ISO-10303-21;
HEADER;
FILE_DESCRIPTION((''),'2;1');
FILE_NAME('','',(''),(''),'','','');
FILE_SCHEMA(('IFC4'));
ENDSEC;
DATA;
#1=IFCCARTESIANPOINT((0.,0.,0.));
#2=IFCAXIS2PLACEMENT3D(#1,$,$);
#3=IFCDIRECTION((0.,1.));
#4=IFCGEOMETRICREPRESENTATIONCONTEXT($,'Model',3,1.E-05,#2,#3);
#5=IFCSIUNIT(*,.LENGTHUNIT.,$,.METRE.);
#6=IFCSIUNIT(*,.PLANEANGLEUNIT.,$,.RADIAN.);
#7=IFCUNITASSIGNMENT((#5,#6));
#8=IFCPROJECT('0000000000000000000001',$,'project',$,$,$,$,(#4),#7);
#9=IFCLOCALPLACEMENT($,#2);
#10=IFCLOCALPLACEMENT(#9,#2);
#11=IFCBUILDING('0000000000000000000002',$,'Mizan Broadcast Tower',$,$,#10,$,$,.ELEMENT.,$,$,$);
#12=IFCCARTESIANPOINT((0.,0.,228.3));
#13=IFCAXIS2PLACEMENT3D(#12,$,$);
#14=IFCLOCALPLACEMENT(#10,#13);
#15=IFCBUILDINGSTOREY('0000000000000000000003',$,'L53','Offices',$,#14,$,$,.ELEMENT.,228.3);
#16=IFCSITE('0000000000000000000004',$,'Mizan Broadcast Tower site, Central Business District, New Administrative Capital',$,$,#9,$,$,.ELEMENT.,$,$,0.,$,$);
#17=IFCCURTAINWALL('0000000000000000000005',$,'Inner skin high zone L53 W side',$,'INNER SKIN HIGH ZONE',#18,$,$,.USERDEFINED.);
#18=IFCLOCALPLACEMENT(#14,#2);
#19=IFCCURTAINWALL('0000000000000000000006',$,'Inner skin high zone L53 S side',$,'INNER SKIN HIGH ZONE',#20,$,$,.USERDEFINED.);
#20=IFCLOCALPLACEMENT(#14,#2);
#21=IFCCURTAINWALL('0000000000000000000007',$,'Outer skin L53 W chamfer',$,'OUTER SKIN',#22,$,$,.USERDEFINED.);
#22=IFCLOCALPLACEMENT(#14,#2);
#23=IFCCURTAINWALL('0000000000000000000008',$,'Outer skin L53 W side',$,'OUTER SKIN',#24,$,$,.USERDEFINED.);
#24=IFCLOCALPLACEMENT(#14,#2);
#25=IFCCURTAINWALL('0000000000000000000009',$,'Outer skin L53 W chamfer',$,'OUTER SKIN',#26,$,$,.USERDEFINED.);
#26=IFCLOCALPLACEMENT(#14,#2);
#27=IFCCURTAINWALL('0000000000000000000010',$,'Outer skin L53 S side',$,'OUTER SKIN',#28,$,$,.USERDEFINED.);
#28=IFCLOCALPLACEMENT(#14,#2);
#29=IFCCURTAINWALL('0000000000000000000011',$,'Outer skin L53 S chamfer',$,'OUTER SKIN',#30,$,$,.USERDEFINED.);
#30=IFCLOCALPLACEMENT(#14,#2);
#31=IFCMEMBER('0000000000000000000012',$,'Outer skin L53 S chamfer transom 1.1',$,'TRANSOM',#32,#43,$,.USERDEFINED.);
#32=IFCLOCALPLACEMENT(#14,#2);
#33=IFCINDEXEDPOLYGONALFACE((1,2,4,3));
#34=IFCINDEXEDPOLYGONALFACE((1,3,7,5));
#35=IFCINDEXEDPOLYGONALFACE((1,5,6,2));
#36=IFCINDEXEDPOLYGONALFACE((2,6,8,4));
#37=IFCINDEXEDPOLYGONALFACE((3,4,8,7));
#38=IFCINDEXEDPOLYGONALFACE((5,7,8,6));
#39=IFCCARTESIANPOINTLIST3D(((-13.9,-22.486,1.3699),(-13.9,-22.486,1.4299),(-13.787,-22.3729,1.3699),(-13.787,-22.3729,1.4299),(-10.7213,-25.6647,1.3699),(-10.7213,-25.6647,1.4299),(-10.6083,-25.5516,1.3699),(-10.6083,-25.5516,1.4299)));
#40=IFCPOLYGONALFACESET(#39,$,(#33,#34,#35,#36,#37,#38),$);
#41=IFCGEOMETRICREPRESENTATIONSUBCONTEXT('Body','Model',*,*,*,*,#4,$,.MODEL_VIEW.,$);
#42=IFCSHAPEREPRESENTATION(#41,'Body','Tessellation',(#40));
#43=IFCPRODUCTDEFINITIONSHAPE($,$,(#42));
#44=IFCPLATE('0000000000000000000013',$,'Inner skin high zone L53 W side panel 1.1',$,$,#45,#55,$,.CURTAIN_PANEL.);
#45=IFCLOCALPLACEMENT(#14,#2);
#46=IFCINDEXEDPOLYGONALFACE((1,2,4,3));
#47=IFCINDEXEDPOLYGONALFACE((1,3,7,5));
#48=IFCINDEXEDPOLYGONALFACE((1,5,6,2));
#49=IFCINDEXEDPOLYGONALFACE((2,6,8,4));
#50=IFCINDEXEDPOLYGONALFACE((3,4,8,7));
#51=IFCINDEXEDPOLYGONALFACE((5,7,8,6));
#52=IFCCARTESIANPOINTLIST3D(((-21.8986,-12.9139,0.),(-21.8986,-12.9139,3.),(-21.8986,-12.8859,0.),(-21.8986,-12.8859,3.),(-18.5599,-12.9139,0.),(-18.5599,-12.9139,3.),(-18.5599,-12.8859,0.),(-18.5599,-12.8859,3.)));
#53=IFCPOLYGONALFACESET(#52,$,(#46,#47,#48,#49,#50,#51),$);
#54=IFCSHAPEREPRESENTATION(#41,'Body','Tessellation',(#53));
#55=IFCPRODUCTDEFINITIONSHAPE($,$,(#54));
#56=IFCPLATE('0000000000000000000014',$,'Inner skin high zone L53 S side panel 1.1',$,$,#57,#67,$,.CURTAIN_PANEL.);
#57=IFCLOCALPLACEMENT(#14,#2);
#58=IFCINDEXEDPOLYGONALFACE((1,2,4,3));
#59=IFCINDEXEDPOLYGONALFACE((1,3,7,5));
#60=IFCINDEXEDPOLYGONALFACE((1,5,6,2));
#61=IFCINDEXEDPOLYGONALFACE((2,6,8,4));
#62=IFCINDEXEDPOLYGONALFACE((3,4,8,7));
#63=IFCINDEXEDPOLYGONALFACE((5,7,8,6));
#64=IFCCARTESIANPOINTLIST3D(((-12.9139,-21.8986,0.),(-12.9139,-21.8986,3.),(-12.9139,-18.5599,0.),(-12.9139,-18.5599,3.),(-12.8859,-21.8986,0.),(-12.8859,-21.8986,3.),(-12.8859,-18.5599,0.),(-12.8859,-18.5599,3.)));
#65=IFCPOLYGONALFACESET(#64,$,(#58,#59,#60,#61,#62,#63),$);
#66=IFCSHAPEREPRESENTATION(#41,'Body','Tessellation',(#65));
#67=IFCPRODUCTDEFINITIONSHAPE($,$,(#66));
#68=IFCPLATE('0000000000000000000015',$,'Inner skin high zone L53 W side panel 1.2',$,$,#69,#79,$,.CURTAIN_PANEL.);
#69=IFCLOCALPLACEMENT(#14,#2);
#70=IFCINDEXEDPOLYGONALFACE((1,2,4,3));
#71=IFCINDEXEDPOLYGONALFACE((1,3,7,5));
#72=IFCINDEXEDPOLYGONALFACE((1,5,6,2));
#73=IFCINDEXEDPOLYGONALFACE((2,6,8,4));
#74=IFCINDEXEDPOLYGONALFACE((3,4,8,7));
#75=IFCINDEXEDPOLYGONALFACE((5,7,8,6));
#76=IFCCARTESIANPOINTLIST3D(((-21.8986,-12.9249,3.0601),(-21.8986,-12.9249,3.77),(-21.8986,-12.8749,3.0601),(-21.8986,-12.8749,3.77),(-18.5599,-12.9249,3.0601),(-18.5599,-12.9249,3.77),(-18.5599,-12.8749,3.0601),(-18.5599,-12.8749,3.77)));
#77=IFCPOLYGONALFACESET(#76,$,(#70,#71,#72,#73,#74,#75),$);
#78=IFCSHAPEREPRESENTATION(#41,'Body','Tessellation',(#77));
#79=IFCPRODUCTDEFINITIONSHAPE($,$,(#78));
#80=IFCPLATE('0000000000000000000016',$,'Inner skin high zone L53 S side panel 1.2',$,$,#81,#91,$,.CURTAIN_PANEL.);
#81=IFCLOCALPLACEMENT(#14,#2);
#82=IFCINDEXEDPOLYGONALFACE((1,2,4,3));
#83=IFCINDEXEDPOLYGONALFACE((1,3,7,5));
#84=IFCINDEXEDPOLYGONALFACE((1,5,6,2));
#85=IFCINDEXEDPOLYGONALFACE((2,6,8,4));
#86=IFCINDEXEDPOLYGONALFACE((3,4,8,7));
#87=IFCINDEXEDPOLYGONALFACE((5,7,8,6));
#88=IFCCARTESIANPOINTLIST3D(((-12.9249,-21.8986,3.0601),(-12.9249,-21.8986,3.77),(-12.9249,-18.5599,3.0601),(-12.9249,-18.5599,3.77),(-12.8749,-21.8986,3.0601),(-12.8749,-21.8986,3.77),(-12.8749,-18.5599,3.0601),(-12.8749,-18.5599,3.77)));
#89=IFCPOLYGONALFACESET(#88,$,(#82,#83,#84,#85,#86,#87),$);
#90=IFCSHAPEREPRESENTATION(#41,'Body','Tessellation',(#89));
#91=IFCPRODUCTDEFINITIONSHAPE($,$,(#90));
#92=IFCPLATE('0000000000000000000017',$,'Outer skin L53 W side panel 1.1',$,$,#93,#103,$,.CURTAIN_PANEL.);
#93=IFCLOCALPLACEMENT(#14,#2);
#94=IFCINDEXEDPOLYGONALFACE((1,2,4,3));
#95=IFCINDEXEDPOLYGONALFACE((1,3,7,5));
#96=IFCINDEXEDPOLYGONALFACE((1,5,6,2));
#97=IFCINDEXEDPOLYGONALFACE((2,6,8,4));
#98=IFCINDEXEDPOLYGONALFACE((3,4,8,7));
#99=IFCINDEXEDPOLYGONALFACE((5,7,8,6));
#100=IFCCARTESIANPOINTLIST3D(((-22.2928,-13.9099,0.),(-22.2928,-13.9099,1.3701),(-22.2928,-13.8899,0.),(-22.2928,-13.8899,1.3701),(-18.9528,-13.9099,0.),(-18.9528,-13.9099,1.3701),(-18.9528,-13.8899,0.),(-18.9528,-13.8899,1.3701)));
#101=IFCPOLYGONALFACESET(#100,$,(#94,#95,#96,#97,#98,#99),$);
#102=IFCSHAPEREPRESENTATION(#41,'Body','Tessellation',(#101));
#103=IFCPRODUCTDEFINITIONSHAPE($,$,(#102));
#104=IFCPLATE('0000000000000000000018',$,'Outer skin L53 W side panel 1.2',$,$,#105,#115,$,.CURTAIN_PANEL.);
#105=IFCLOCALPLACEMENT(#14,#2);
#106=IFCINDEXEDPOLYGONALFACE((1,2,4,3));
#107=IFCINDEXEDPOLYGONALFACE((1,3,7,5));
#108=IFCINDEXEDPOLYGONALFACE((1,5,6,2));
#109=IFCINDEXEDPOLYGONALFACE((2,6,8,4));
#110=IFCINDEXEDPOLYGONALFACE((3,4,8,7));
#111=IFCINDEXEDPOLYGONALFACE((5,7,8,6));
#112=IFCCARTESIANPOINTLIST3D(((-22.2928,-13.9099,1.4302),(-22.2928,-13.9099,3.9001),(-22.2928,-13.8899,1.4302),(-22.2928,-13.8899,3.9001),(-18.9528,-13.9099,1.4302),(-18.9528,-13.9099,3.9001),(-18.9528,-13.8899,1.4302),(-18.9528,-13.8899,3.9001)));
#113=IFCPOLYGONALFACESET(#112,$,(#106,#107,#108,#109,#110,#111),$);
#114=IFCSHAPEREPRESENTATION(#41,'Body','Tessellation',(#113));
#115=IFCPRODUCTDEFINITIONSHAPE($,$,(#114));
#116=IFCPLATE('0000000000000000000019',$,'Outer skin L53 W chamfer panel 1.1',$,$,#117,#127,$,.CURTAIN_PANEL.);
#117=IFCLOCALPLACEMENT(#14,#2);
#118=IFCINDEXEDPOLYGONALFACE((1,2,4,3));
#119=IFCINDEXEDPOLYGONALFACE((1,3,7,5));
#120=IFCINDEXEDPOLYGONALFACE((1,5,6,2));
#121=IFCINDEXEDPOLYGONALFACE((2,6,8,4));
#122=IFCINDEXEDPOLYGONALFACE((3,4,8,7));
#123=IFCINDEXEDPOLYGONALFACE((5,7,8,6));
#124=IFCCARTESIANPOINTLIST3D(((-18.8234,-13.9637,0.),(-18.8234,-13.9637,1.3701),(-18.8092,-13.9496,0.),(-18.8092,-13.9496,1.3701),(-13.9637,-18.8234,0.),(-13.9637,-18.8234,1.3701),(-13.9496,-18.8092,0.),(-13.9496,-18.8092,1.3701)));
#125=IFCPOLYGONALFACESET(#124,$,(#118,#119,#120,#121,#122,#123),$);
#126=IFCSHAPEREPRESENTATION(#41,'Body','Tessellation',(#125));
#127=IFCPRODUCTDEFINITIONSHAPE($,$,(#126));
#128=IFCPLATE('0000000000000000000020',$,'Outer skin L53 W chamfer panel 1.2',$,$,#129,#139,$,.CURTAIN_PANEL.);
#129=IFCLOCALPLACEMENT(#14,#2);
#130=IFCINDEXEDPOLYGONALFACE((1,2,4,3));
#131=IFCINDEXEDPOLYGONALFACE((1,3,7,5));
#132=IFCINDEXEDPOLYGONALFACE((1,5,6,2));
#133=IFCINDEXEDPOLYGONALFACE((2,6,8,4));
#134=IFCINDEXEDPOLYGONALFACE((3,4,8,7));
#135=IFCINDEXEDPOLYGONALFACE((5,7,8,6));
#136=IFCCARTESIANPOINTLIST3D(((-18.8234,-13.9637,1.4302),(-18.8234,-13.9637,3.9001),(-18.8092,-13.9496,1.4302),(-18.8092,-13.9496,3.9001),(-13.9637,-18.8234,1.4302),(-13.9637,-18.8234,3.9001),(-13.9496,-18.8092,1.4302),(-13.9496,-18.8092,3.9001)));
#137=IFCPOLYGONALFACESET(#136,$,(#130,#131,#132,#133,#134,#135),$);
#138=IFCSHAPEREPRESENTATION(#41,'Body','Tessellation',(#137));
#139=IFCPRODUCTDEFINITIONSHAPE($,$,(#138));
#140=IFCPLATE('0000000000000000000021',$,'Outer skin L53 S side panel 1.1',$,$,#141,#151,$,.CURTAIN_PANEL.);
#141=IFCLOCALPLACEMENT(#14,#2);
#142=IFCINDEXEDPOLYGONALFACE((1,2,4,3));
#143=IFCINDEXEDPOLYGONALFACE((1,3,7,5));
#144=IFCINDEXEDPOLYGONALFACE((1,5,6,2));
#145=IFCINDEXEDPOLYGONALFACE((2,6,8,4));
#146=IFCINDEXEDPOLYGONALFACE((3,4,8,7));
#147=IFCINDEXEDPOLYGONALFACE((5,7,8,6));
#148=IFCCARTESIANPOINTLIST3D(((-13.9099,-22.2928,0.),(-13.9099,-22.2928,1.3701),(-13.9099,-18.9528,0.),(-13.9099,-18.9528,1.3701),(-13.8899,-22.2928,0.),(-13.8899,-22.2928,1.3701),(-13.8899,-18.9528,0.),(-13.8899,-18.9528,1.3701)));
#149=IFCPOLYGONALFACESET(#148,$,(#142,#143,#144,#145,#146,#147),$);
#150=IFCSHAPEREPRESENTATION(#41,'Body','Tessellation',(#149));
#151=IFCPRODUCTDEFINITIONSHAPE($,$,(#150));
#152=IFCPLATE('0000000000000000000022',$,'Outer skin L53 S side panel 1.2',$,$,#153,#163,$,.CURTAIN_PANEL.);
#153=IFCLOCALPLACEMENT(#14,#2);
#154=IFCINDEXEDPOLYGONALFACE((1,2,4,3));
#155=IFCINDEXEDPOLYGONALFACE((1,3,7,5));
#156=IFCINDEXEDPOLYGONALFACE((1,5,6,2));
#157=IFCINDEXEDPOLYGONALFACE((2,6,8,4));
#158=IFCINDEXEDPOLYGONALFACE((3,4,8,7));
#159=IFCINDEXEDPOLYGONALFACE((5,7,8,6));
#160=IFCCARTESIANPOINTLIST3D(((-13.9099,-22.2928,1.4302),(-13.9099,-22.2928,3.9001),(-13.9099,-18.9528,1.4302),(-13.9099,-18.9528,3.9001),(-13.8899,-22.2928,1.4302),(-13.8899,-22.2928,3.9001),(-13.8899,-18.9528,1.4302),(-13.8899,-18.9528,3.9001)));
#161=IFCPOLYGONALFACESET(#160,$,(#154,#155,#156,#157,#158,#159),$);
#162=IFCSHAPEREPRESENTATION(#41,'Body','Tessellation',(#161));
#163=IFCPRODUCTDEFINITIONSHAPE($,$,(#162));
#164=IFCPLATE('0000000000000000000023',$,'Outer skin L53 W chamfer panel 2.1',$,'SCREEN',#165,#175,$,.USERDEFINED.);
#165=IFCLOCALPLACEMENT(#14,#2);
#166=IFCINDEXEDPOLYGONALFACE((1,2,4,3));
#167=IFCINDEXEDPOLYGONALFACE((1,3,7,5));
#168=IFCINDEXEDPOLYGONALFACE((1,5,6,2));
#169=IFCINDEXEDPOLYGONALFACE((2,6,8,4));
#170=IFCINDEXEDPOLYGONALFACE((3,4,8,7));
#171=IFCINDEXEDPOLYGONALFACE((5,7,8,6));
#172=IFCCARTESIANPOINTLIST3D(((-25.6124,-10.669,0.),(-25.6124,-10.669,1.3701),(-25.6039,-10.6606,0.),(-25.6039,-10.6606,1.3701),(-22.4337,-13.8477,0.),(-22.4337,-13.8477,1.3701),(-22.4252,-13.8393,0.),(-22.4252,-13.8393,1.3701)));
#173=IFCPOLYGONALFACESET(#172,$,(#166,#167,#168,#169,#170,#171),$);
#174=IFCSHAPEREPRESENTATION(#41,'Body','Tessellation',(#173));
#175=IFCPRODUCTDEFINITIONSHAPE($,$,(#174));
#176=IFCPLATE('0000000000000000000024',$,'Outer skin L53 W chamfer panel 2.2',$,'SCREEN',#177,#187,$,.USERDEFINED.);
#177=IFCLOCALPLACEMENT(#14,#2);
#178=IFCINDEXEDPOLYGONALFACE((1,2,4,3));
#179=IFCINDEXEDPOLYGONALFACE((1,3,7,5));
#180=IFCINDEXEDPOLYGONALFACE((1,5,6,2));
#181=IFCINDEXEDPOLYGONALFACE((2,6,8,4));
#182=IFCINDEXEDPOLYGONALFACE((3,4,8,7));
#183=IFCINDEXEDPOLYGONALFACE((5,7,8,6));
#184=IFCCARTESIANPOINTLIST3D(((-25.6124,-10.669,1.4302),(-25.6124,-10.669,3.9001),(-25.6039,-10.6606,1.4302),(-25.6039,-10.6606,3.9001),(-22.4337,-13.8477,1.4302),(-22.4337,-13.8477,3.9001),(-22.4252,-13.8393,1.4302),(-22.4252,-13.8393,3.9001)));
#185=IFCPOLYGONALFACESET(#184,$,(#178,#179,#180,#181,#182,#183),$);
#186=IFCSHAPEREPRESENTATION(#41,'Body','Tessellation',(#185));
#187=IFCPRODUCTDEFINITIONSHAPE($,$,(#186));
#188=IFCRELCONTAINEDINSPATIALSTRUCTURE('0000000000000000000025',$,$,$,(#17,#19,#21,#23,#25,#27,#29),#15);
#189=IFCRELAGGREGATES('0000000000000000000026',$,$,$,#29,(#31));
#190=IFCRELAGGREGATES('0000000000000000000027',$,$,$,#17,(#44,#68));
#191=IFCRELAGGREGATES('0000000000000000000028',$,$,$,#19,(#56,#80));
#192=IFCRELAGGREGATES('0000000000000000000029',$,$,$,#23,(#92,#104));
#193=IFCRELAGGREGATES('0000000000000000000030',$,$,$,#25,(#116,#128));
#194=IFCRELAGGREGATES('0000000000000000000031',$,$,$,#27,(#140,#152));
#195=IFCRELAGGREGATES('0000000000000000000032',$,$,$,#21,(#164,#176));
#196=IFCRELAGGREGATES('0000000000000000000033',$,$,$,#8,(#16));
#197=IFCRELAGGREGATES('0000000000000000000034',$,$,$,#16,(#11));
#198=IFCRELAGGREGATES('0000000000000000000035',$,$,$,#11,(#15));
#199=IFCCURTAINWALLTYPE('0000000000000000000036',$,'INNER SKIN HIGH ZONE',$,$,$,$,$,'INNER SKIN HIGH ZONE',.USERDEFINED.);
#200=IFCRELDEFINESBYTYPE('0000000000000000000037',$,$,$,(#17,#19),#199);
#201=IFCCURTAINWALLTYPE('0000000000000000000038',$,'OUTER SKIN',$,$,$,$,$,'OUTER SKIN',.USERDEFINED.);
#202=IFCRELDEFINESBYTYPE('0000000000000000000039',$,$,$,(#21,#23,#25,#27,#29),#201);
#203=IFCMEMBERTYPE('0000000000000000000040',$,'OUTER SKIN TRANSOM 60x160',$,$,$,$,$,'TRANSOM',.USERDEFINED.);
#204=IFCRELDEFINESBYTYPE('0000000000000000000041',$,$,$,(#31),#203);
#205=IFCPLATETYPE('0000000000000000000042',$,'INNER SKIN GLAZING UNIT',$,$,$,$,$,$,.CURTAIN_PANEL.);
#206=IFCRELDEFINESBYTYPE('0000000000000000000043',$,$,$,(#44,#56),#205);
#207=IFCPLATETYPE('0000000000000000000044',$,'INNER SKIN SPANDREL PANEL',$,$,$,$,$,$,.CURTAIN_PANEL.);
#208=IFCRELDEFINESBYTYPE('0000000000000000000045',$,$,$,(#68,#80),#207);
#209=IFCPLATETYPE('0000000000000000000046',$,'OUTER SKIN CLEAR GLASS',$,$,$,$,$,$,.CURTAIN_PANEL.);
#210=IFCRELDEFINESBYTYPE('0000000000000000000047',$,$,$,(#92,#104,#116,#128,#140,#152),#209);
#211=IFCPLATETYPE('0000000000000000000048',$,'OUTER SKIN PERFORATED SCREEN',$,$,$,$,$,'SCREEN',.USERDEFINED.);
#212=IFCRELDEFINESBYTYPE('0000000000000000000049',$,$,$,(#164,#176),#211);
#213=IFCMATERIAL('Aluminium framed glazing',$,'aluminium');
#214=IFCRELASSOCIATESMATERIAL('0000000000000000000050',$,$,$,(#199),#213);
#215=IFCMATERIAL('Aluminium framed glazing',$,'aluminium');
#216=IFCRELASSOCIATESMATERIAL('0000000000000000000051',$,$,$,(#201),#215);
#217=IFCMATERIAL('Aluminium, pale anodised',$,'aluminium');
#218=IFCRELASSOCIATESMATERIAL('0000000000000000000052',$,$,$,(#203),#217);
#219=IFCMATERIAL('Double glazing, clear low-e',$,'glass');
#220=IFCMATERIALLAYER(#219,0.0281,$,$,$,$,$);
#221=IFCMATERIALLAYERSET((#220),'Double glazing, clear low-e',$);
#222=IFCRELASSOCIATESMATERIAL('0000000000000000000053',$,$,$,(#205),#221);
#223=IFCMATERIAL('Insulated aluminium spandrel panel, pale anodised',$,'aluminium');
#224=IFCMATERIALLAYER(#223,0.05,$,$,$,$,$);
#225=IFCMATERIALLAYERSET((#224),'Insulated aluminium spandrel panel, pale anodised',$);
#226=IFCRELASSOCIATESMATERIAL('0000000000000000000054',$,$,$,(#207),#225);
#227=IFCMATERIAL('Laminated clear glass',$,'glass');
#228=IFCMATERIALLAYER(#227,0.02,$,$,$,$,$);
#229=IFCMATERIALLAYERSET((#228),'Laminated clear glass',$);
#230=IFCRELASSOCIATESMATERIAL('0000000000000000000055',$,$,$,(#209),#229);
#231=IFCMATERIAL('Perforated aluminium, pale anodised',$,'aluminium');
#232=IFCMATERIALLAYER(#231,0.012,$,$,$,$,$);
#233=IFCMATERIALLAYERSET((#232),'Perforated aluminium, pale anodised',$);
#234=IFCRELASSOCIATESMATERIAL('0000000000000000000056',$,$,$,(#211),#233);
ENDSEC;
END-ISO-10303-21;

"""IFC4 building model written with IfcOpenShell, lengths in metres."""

from ifc_helpers import new_model, si_unit, direction, frame, origin, origin_2d, place, context, subcontext, project, spatial, rectangle, extrude, material, layer, layer_set, material_profile, profile_set, type_object, element, aggregate, save


model = new_model("IFC4")

# Units and contexts
model_context = context("Model", 3, precision=1e-05, world=origin(), true_north=direction((0.0, 1.0)))
body_context = subcontext(model_context, "Body", "Model", "MODEL_VIEW")
ifc_project = project(units=[si_unit("LENGTHUNIT", "METRE"), si_unit("PLANEANGLEUNIT", "RADIAN")], contexts=[model_context])

# Site, building, storey
site_placement = place(None, origin())
site = spatial("IfcSite", under=ifc_project, at=site_placement, Name="Mizan Broadcast Tower site, Central Business District, New Administrative Capital", CompositionType="ELEMENT", RefElevation=0.0)
building_placement = place(site_placement, origin())
building = spatial("IfcBuilding", under=site, at=building_placement, Name="Mizan Broadcast Tower", CompositionType="ELEMENT")
storey_placement = place(building_placement, frame((0.0, 0.0, 228.3)))
storey = spatial("IfcBuildingStorey", under=building, at=storey_placement, Name="L53", Description="Offices", CompositionType="ELEMENT", Elevation=228.3)

# Curtain walls
ifc_material_1 = material(Name="Aluminium framed glazing", Category="aluminium")
curtain_wall_type_1 = type_object("IfcCurtainWallType", Name="INNER SKIN HIGH ZONE", ElementType="INNER SKIN HIGH ZONE", PredefinedType="USERDEFINED", material=ifc_material_1)
curtain_wall_1_placement = place(storey_placement, origin())
curtain_wall_1 = element("IfcCurtainWall", 1, at=curtain_wall_1_placement, inside=storey, type_object=curtain_wall_type_1, Name="Inner skin high zone L53 W side", ObjectType="INNER SKIN HIGH ZONE", PredefinedType="USERDEFINED")
curtain_wall_2_placement = place(storey_placement, origin())
curtain_wall_2 = element("IfcCurtainWall", 2, at=curtain_wall_2_placement, inside=storey, type_object=curtain_wall_type_1, Name="Inner skin high zone L53 S side", ObjectType="INNER SKIN HIGH ZONE", PredefinedType="USERDEFINED")

# Curtain walls
ifc_material_2 = material(Name="Aluminium framed glazing", Category="aluminium")
curtain_wall_type_2 = type_object("IfcCurtainWallType", Name="OUTER SKIN", ElementType="OUTER SKIN", PredefinedType="USERDEFINED", material=ifc_material_2)
curtain_wall_3_placement = place(storey_placement, origin())
curtain_wall_3 = element("IfcCurtainWall", 3, at=curtain_wall_3_placement, inside=storey, type_object=curtain_wall_type_2, Name="Outer skin L53 W chamfer", ObjectType="OUTER SKIN", PredefinedType="USERDEFINED")
curtain_wall_4_placement = place(storey_placement, origin())
curtain_wall_4 = element("IfcCurtainWall", 4, at=curtain_wall_4_placement, inside=storey, type_object=curtain_wall_type_2, Name="Outer skin L53 W side", ObjectType="OUTER SKIN", PredefinedType="USERDEFINED")
curtain_wall_5_placement = place(storey_placement, origin())
curtain_wall_5 = element("IfcCurtainWall", 5, at=curtain_wall_5_placement, inside=storey, type_object=curtain_wall_type_2, Name="Outer skin L53 W chamfer", ObjectType="OUTER SKIN", PredefinedType="USERDEFINED")
curtain_wall_6_placement = place(storey_placement, origin())
curtain_wall_6 = element("IfcCurtainWall", 6, at=curtain_wall_6_placement, inside=storey, type_object=curtain_wall_type_2, Name="Outer skin L53 S side", ObjectType="OUTER SKIN", PredefinedType="USERDEFINED")

# Shared definitions
ifc_material_3 = material(Name="Aluminium, pale anodised", Category="aluminium")
ifc_material_profile_1 = material_profile(ifc_material_3, rectangle(XDim=0.1599, YDim=0.0601, at=origin_2d()), Name="TRANSOM 160x60")
ifc_profile_set_1 = profile_set([ifc_material_profile_1], Name="Aluminium, pale anodised")
member_type_1 = type_object("IfcMemberType", Name="OUTER SKIN TRANSOM 60x160", ElementType="TRANSOM", PredefinedType="USERDEFINED", material=ifc_profile_set_1)

# Curtain wall, member
curtain_wall_7_placement = place(storey_placement, origin())
curtain_wall_7 = element("IfcCurtainWall", 7, at=curtain_wall_7_placement, inside=storey, type_object=curtain_wall_type_2, Name="Outer skin L53 S chamfer", ObjectType="OUTER SKIN", PredefinedType="USERDEFINED")
member_1_placement = place(storey_placement, frame((-13.8435, -22.4294, 1.3999), z_axis=(0.707107, -0.707107, 0.0), x_axis=(0.707107, 0.707107, 0.0)))
member_1 = element("IfcMember", 8, at=member_1_placement, type_object=member_type_1, Name="Outer skin L53 S chamfer transom 1.1", ObjectType="TRANSOM", PredefinedType="USERDEFINED", context=body_context, shape_type="SweptSolid", body=[
    extrude(rectangle(XDim=0.1599, YDim=0.0601, at=origin_2d()), origin(), (0.0, 0.0, 1.0), 4.4954),
])
aggregate(curtain_wall_7, [member_1])

# Plates
ifc_material_4 = material(Name="Double glazing, clear low-e", Category="glass")
ifc_layer_1 = layer(ifc_material_4, 0.0281)
ifc_layer_set_1 = layer_set([ifc_layer_1], Name="Double glazing, clear low-e")
plate_type_1 = type_object("IfcPlateType", Name="INNER SKIN GLAZING UNIT", PredefinedType="CURTAIN_PANEL", material=ifc_layer_set_1)
plate_1_placement = place(storey_placement, frame((-20.2292, -12.8999, 0.0), z_axis=(0.0, 0.0, 1.0), x_axis=(1.0, 0.0, 0.0)))
plate_1 = element("IfcPlate", 9, at=plate_1_placement, type_object=plate_type_1, Name="Inner skin high zone L53 W side panel 1.1", PredefinedType="CURTAIN_PANEL", context=body_context, shape_type="SweptSolid", body=[
    extrude(rectangle(XDim=3.3386, YDim=0.0281, at=origin_2d()), origin(), (0.0, 0.0, 1.0), 3.0),
])
plate_2_placement = place(storey_placement, frame((-12.8999, -20.2292, 0.0), z_axis=(0.0, 0.0, 1.0), x_axis=(0.0, -1.0, 0.0)))
plate_2 = element("IfcPlate", 10, at=plate_2_placement, type_object=plate_type_1, Name="Inner skin high zone L53 S side panel 1.1", PredefinedType="CURTAIN_PANEL", context=body_context, shape_type="SweptSolid", body=[
    extrude(rectangle(XDim=3.3386, YDim=0.0281, at=origin_2d()), origin(), (0.0, 0.0, 1.0), 3.0),
])
ifc_material_5 = material(Name="Insulated aluminium spandrel panel, pale anodised", Category="aluminium")
ifc_layer_2 = layer(ifc_material_5, 0.05)
ifc_layer_set_2 = layer_set([ifc_layer_2], Name="Insulated aluminium spandrel panel, pale anodised")
plate_type_2 = type_object("IfcPlateType", Name="INNER SKIN SPANDREL PANEL", PredefinedType="CURTAIN_PANEL", material=ifc_layer_set_2)
plate_3_placement = place(storey_placement, frame((-20.2292, -12.8999, 3.0601), z_axis=(0.0, 0.0, 1.0), x_axis=(1.0, 0.0, 0.0)))
plate_3 = element("IfcPlate", 11, at=plate_3_placement, type_object=plate_type_2, Name="Inner skin high zone L53 W side panel 1.2", PredefinedType="CURTAIN_PANEL", context=body_context, shape_type="SweptSolid", body=[
    extrude(rectangle(XDim=3.3386, YDim=0.05, at=origin_2d()), origin(), (0.0, 0.0, 1.0), 0.71),
])
aggregate(curtain_wall_1, [plate_1, plate_3])
plate_4_placement = place(storey_placement, frame((-12.8999, -20.2292, 3.0601), z_axis=(0.0, 0.0, 1.0), x_axis=(0.0, -1.0, 0.0)))
plate_4 = element("IfcPlate", 12, at=plate_4_placement, type_object=plate_type_2, Name="Inner skin high zone L53 S side panel 1.2", PredefinedType="CURTAIN_PANEL", context=body_context, shape_type="SweptSolid", body=[
    extrude(rectangle(XDim=3.3386, YDim=0.05, at=origin_2d()), origin(), (0.0, 0.0, 1.0), 0.71),
])
aggregate(curtain_wall_2, [plate_2, plate_4])
ifc_material_6 = material(Name="Laminated clear glass", Category="glass")
ifc_layer_3 = layer(ifc_material_6, 0.02)
ifc_layer_set_3 = layer_set([ifc_layer_3], Name="Laminated clear glass")
plate_type_3 = type_object("IfcPlateType", Name="OUTER SKIN CLEAR GLASS", PredefinedType="CURTAIN_PANEL", material=ifc_layer_set_3)
plate_5_placement = place(storey_placement, frame((-20.6228, -13.8999, 0.0), z_axis=(0.0, 0.0, 1.0), x_axis=(1.0, 0.0, 0.0)))
plate_5 = element("IfcPlate", 13, at=plate_5_placement, type_object=plate_type_3, Name="Outer skin L53 W side panel 1.1", PredefinedType="CURTAIN_PANEL", context=body_context, shape_type="SweptSolid", body=[
    extrude(rectangle(XDim=3.3401, YDim=0.02, at=origin_2d()), origin(), (0.0, 0.0, 1.0), 1.3701),
])
plate_6_placement = place(storey_placement, frame((-20.6228, -13.8999, 1.4302), z_axis=(0.0, 0.0, 1.0), x_axis=(1.0, 0.0, 0.0)))
plate_6 = element("IfcPlate", 14, at=plate_6_placement, type_object=plate_type_3, Name="Outer skin L53 W side panel 1.2", PredefinedType="CURTAIN_PANEL", context=body_context, shape_type="SweptSolid", body=[
    extrude(rectangle(XDim=3.3401, YDim=0.02, at=origin_2d()), origin(), (0.0, 0.0, 1.0), 2.47),
])
aggregate(curtain_wall_4, [plate_5, plate_6])
plate_7_placement = place(storey_placement, frame((-16.3865, -16.3865, 0.0), z_axis=(0.0, 0.0, 1.0), x_axis=(0.707107, -0.707107, 0.0)))
plate_7 = element("IfcPlate", 15, at=plate_7_placement, type_object=plate_type_3, Name="Outer skin L53 W chamfer panel 1.1", PredefinedType="CURTAIN_PANEL", context=body_context, shape_type="SweptSolid", body=[
    extrude(rectangle(XDim=6.8726, YDim=0.02, at=origin_2d()), origin(), (0.0, 0.0, 1.0), 1.3701),
])
plate_8_placement = place(storey_placement, frame((-16.3865, -16.3865, 1.4302), z_axis=(0.0, 0.0, 1.0), x_axis=(0.707107, -0.707107, 0.0)))
plate_8 = element("IfcPlate", 16, at=plate_8_placement, type_object=plate_type_3, Name="Outer skin L53 W chamfer panel 1.2", PredefinedType="CURTAIN_PANEL", context=body_context, shape_type="SweptSolid", body=[
    extrude(rectangle(XDim=6.8726, YDim=0.02, at=origin_2d()), origin(), (0.0, 0.0, 1.0), 2.47),
])
aggregate(curtain_wall_5, [plate_7, plate_8])
plate_9_placement = place(storey_placement, frame((-13.8999, -20.6228, 0.0), z_axis=(0.0, 0.0, 1.0), x_axis=(0.0, -1.0, 0.0)))
plate_9 = element("IfcPlate", 17, at=plate_9_placement, type_object=plate_type_3, Name="Outer skin L53 S side panel 1.1", PredefinedType="CURTAIN_PANEL", context=body_context, shape_type="SweptSolid", body=[
    extrude(rectangle(XDim=3.3401, YDim=0.02, at=origin_2d()), origin(), (0.0, 0.0, 1.0), 1.3701),
])
plate_10_placement = place(storey_placement, frame((-13.8999, -20.6228, 1.4302), z_axis=(0.0, 0.0, 1.0), x_axis=(0.0, -1.0, 0.0)))
plate_10 = element("IfcPlate", 18, at=plate_10_placement, type_object=plate_type_3, Name="Outer skin L53 S side panel 1.2", PredefinedType="CURTAIN_PANEL", context=body_context, shape_type="SweptSolid", body=[
    extrude(rectangle(XDim=3.3401, YDim=0.02, at=origin_2d()), origin(), (0.0, 0.0, 1.0), 2.47),
])
aggregate(curtain_wall_6, [plate_9, plate_10])
ifc_material_7 = material(Name="Perforated aluminium, pale anodised", Category="aluminium")
ifc_layer_4 = layer(ifc_material_7, 0.012)
ifc_layer_set_4 = layer_set([ifc_layer_4], Name="Perforated aluminium, pale anodised")
plate_type_4 = type_object("IfcPlateType", Name="OUTER SKIN PERFORATED SCREEN", ElementType="SCREEN", PredefinedType="USERDEFINED", material=ifc_layer_set_4)
plate_11_placement = place(storey_placement, frame((-24.0188, -12.2542, 0.0), z_axis=(0.0, 0.0, 1.0), x_axis=(0.707107, -0.707107, 0.0)))
plate_11 = element("IfcPlate", 19, at=plate_11_placement, type_object=plate_type_4, Name="Outer skin L53 W chamfer panel 2.1", ObjectType="SCREEN", PredefinedType="USERDEFINED", context=body_context, shape_type="SweptSolid", body=[
    extrude(rectangle(XDim=4.4954, YDim=0.012, at=origin_2d()), origin(), (0.0, 0.0, 1.0), 1.3701),
])
plate_12_placement = place(storey_placement, frame((-24.0188, -12.2542, 1.4302), z_axis=(0.0, 0.0, 1.0), x_axis=(0.707107, -0.707107, 0.0)))
plate_12 = element("IfcPlate", 20, at=plate_12_placement, type_object=plate_type_4, Name="Outer skin L53 W chamfer panel 2.2", ObjectType="SCREEN", PredefinedType="USERDEFINED", context=body_context, shape_type="SweptSolid", body=[
    extrude(rectangle(XDim=4.4954, YDim=0.012, at=origin_2d()), origin(), (0.0, 0.0, 1.0), 2.47),
])
aggregate(curtain_wall_3, [plate_11, plate_12])

save(model, "model.ifc")
